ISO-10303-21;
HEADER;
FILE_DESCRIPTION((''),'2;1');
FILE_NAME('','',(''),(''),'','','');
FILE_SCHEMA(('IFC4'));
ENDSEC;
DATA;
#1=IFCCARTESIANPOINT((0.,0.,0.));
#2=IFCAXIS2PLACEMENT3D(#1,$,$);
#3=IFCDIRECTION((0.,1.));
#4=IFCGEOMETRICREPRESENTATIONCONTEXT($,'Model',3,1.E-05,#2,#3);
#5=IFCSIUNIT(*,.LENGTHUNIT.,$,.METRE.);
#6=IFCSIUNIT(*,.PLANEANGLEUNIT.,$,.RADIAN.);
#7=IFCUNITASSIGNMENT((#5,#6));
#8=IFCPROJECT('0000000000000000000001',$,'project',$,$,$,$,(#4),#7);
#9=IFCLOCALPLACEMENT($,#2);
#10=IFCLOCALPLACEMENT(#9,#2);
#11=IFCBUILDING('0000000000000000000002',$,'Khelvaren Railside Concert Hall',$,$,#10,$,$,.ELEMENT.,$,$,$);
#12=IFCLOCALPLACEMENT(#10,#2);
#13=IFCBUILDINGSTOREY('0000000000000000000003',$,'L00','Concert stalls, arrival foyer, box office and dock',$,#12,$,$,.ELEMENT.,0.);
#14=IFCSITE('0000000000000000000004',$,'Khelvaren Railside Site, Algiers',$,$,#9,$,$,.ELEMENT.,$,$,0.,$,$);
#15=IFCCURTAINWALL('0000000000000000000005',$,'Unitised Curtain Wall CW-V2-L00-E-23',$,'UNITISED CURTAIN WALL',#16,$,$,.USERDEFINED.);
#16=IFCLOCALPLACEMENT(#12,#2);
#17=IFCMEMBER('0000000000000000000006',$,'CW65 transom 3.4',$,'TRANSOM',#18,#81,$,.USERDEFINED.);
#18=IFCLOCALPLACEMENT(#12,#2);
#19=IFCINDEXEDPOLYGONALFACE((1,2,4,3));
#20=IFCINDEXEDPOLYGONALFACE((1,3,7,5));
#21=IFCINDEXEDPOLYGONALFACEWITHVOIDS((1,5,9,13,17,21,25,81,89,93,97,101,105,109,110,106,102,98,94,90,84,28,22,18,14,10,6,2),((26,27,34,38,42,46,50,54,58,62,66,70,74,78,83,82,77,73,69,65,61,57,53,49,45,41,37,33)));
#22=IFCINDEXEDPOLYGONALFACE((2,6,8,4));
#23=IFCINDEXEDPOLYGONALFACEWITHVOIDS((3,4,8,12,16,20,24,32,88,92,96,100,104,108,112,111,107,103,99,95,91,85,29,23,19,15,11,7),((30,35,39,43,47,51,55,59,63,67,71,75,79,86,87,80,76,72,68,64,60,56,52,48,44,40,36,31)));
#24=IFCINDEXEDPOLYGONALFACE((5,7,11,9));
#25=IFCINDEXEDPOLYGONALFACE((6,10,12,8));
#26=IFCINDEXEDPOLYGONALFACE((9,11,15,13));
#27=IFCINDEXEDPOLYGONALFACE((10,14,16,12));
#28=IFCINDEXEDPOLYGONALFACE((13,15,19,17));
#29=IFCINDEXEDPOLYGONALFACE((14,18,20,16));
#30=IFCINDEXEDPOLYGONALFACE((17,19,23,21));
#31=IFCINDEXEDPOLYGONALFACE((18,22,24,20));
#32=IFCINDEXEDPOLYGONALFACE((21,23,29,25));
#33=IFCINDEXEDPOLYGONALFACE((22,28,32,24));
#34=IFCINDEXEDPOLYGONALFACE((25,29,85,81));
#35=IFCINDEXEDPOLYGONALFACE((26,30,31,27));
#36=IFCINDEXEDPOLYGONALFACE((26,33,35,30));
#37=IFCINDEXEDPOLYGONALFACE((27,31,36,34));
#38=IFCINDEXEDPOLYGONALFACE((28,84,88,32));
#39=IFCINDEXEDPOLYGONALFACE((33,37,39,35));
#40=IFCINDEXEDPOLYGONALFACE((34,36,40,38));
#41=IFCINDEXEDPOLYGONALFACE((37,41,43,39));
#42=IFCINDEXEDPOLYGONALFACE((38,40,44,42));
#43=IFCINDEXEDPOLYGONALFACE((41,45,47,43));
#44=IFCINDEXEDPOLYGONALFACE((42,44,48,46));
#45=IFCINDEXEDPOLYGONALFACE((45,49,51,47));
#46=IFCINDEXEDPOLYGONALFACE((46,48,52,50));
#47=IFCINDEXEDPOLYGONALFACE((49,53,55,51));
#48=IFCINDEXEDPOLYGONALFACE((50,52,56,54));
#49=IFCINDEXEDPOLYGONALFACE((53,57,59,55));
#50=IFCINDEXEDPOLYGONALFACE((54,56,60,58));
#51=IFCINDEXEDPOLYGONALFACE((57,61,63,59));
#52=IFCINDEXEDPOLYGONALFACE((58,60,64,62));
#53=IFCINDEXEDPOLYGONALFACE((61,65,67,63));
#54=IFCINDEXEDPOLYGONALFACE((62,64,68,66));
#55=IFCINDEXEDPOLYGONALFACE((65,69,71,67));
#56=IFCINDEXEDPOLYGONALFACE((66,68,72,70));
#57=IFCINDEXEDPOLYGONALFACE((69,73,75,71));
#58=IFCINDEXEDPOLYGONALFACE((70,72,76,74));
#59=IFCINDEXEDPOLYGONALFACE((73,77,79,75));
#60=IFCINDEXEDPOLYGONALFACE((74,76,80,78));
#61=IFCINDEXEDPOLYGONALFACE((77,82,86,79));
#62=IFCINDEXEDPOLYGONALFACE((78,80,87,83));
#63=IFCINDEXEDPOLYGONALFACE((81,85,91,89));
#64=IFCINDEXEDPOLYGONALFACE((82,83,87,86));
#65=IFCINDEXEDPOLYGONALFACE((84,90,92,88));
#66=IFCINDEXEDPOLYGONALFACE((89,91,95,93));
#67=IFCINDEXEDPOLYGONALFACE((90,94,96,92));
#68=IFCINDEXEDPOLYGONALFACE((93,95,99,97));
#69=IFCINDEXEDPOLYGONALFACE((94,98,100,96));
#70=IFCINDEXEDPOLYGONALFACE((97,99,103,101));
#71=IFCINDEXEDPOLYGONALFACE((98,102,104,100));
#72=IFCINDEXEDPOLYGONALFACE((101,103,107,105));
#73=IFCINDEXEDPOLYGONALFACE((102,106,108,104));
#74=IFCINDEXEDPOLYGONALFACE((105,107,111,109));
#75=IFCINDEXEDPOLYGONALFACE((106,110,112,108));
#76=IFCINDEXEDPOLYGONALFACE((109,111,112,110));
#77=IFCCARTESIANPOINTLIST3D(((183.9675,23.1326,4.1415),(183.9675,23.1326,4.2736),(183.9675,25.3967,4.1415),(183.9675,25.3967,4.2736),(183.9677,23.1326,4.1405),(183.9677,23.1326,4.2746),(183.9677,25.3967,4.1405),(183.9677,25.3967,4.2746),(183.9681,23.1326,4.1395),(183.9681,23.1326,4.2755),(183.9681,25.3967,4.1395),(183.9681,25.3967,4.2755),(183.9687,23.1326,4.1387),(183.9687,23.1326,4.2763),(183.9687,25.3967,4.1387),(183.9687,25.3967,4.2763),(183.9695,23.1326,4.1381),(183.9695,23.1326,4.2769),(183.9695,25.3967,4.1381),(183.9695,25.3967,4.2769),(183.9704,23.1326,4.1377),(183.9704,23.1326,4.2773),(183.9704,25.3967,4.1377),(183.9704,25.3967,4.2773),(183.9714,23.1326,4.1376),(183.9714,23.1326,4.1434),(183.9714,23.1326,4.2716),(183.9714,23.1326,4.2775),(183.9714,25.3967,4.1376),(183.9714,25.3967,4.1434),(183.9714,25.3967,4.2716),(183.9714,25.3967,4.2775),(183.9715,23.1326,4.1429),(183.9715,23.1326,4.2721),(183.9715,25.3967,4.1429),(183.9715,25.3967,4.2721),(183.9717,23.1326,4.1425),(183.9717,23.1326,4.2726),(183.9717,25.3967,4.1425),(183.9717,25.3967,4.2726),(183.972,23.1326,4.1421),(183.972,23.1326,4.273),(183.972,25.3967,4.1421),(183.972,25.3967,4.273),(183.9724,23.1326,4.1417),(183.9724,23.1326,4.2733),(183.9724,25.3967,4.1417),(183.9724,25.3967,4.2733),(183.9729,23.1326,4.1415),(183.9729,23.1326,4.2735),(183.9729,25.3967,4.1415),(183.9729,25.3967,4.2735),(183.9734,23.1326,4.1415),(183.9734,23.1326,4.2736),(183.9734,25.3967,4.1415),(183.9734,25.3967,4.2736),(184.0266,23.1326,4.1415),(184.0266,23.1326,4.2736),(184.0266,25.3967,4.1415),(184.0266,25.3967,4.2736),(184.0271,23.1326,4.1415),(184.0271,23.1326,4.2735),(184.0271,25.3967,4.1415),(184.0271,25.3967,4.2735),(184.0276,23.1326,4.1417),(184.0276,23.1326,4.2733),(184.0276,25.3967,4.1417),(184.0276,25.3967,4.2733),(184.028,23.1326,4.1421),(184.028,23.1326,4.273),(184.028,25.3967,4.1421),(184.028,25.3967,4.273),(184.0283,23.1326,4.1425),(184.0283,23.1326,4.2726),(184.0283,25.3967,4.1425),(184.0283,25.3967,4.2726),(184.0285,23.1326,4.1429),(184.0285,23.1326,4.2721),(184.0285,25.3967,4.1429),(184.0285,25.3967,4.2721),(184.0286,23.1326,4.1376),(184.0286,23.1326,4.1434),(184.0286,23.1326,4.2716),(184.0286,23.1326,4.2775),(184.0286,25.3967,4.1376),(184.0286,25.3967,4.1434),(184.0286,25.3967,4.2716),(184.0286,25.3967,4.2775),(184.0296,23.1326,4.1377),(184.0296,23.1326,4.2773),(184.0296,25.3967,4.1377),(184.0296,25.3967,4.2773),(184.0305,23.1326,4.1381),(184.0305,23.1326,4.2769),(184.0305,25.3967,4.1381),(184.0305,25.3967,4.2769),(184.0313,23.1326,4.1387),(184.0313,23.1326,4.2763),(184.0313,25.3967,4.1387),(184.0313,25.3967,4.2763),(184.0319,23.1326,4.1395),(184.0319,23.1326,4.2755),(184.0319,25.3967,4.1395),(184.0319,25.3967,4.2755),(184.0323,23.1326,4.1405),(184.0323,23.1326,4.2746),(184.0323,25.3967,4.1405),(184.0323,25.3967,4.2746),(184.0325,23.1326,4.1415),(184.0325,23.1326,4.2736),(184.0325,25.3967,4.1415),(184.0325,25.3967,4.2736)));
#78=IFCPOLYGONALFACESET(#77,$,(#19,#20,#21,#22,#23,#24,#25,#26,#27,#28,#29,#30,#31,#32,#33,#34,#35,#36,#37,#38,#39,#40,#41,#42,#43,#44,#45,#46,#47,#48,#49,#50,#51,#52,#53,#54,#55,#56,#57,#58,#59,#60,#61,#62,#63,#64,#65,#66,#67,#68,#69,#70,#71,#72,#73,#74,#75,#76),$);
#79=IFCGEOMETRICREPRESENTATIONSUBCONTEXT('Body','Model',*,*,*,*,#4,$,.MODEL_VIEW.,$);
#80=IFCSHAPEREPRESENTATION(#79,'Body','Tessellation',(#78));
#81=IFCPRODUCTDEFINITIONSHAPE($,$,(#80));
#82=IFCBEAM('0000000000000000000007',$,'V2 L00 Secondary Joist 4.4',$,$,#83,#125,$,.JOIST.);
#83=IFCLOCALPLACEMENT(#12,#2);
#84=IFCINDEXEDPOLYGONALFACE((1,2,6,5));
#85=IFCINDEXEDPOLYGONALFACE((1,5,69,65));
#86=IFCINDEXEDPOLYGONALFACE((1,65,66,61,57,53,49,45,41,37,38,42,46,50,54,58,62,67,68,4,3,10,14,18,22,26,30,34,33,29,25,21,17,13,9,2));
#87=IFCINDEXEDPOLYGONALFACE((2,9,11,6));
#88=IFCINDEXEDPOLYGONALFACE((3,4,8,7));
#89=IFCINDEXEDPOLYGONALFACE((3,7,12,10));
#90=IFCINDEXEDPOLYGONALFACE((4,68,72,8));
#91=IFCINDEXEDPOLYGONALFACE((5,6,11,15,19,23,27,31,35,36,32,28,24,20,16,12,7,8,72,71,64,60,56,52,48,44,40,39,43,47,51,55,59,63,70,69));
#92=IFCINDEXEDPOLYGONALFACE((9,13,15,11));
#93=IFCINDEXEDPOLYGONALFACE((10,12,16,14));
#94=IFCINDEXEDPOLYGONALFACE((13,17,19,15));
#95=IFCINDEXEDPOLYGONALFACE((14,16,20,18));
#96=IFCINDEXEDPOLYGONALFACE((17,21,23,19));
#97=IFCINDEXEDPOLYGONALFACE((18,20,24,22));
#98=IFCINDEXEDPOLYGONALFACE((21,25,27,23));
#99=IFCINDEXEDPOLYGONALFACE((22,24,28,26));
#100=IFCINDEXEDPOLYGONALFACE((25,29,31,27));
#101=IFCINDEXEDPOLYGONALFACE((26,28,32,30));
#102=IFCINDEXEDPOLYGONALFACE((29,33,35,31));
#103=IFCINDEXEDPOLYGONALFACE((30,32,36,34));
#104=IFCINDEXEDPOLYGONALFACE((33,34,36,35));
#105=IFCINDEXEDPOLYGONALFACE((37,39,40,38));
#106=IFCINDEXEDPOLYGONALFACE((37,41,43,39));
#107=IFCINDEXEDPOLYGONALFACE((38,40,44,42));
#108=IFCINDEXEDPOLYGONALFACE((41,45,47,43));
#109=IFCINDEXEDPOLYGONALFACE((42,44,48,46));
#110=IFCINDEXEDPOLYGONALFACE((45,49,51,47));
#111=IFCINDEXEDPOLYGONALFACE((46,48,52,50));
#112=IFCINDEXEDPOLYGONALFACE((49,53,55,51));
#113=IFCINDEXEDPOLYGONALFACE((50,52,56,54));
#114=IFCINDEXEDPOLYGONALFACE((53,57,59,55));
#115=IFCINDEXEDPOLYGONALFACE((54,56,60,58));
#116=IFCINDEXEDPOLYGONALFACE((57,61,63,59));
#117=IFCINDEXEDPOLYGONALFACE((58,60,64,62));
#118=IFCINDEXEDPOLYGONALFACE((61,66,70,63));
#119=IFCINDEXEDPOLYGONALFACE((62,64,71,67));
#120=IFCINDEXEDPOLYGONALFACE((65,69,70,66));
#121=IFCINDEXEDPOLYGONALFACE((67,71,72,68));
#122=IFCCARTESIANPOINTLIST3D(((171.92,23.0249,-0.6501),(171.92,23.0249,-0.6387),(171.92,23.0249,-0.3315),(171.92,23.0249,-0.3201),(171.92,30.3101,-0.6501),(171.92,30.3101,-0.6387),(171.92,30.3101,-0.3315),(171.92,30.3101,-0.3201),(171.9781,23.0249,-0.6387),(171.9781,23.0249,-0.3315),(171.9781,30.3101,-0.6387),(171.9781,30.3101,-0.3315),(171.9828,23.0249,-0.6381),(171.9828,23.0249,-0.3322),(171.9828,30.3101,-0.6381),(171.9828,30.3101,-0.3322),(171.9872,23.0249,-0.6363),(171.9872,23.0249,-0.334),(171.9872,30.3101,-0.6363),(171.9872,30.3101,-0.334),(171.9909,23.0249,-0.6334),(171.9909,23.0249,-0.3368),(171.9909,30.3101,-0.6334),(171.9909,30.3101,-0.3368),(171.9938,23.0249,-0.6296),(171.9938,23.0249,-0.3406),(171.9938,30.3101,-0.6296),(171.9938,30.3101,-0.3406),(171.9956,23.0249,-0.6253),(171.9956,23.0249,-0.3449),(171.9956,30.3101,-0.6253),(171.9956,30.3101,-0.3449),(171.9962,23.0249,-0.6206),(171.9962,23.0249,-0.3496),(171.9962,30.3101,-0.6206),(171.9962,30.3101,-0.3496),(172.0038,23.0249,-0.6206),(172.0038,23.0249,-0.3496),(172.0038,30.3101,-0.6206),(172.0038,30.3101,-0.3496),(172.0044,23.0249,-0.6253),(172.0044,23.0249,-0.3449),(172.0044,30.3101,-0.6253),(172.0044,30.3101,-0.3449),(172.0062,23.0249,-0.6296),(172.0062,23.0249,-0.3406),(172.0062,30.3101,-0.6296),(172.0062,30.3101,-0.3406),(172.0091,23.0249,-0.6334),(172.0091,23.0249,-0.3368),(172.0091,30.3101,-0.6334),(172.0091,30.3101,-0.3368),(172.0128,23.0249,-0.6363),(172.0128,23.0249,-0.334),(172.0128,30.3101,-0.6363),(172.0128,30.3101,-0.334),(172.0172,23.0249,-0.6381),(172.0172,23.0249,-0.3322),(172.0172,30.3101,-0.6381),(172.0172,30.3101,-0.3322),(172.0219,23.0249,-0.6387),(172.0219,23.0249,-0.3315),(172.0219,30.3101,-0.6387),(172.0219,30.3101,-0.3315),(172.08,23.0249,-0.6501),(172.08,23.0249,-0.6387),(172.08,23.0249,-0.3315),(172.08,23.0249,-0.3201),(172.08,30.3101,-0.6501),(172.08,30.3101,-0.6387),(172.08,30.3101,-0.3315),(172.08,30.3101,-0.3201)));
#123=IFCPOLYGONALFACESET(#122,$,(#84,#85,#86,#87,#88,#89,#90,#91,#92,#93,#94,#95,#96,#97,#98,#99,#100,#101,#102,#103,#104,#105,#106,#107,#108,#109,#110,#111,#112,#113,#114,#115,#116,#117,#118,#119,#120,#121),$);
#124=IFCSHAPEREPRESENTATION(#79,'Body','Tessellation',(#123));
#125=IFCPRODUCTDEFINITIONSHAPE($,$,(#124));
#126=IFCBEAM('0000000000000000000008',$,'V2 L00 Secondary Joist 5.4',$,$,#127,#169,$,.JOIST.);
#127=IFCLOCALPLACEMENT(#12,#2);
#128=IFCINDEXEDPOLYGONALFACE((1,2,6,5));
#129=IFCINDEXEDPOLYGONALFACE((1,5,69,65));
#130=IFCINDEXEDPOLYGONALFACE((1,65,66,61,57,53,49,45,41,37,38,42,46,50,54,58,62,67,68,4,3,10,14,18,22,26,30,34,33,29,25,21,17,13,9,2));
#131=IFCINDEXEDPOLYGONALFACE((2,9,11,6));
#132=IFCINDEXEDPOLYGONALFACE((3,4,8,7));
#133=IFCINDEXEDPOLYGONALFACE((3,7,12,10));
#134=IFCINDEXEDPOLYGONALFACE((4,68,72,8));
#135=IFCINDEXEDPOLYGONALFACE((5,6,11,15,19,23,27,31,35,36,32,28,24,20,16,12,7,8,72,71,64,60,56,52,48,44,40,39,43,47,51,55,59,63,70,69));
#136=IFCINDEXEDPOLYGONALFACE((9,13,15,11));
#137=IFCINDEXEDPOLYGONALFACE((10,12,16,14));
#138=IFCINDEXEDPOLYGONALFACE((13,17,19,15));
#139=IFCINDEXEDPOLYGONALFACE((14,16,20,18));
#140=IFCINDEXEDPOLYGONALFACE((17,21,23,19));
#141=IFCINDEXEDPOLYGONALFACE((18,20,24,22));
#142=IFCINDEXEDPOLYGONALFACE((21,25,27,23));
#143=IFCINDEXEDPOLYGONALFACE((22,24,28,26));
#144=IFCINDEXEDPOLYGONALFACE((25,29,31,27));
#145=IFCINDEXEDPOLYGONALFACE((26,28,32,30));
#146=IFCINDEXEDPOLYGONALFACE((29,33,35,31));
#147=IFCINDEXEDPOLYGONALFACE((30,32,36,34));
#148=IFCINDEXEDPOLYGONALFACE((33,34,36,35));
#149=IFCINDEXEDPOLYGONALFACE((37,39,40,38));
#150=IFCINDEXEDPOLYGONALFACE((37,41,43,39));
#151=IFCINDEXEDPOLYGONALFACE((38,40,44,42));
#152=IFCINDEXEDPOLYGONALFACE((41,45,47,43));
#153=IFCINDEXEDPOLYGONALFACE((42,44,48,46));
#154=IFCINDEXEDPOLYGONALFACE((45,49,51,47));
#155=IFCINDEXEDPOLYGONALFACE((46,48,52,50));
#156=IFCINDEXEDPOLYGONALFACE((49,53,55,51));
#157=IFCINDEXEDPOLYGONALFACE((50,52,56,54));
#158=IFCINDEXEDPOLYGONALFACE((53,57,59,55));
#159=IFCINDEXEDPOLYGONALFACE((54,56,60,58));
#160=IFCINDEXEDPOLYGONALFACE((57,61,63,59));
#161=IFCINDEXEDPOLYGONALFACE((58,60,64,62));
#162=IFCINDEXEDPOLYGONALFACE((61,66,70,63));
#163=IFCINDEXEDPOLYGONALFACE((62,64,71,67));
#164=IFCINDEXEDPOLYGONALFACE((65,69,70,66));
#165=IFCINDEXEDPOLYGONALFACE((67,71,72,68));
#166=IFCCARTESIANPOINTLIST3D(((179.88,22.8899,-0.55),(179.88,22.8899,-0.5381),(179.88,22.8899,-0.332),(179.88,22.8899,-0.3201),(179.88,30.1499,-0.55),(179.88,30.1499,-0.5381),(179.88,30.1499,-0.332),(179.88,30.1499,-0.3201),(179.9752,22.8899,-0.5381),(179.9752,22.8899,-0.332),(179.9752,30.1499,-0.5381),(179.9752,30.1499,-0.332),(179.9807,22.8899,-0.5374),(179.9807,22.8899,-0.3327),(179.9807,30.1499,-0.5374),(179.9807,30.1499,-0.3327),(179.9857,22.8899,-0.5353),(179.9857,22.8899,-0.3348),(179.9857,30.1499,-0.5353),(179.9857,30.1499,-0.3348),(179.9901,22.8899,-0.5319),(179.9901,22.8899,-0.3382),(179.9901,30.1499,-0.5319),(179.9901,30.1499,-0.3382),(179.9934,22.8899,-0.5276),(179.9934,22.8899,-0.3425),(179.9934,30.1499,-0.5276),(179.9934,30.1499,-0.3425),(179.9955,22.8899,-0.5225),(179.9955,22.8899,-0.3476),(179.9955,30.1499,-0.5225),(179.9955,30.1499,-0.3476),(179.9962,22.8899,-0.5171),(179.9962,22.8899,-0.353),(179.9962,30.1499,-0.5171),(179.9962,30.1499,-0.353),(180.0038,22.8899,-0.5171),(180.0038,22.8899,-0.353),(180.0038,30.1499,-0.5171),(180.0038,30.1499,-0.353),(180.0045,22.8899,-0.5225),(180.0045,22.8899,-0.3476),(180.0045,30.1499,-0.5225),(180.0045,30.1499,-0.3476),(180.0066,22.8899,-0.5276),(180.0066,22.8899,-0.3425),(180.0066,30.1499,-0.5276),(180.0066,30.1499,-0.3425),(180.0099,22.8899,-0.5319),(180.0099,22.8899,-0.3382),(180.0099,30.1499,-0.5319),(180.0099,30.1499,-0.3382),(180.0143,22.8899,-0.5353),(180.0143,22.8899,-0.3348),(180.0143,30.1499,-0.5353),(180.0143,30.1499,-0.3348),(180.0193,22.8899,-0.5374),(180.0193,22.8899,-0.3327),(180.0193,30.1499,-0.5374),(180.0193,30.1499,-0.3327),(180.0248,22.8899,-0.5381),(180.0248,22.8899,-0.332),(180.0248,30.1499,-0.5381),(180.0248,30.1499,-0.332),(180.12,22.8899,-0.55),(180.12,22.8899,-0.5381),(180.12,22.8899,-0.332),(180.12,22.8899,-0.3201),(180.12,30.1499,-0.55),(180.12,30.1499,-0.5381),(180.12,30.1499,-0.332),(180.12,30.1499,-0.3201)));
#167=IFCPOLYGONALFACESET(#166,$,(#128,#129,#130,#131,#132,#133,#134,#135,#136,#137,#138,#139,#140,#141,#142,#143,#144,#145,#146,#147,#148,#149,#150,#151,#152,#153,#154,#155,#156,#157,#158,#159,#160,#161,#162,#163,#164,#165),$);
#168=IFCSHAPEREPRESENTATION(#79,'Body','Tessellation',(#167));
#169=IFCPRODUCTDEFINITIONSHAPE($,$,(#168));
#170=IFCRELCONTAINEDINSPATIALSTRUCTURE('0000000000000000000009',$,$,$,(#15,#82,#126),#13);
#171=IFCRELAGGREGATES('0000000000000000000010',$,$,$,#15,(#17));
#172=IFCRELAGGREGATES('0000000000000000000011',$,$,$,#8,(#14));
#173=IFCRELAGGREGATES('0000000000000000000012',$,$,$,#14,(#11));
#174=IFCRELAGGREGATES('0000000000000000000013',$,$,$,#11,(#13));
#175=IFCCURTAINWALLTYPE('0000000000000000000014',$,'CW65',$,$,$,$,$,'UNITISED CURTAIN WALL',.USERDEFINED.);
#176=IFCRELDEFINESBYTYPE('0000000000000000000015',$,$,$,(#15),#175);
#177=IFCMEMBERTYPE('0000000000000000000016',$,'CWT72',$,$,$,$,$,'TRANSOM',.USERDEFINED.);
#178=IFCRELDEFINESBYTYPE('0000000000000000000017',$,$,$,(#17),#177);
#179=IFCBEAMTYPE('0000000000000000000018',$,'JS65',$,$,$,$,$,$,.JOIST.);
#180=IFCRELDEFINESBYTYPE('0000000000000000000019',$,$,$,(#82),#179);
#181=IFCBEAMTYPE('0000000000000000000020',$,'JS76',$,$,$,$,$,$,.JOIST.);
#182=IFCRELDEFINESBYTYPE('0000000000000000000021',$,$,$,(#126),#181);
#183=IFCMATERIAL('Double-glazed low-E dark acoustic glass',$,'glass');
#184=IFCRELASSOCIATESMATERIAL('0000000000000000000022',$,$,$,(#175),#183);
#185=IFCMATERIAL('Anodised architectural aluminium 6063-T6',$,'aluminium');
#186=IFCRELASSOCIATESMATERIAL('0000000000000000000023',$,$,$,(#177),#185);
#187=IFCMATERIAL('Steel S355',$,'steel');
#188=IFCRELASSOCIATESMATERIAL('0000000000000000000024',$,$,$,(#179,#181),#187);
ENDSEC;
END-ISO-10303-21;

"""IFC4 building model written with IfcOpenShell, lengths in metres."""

from ifc_helpers import new_model, si_unit, direction, frame, origin, origin_2d, place, context, subcontext, project, spatial, hollow_rectangle, i_section, extrude, material, material_profile, profile_set, type_object, element, aggregate, save


model = new_model("IFC4")

# Units and contexts
model_context = context("Model", 3, precision=1e-05, world=origin(), true_north=direction((0.0, 1.0)))
body_context = subcontext(model_context, "Body", "Model", "MODEL_VIEW")
ifc_project = project(units=[si_unit("LENGTHUNIT", "METRE"), si_unit("PLANEANGLEUNIT", "RADIAN")], contexts=[model_context])

# Site, building, storey
site_placement = place(None, origin())
site = spatial("IfcSite", under=ifc_project, at=site_placement, Name="Khelvaren Railside Site, Algiers", CompositionType="ELEMENT", RefElevation=0.0)
building_placement = place(site_placement, origin())
building = spatial("IfcBuilding", under=site, at=building_placement, Name="Khelvaren Railside Concert Hall", CompositionType="ELEMENT")
storey_placement = place(building_placement, origin())
storey = spatial("IfcBuildingStorey", under=building, at=storey_placement, Name="L00", Description="Concert stalls, arrival foyer, box office and dock", CompositionType="ELEMENT", Elevation=0.0)

# Shared definitions
ifc_material_1 = material(Name="Steel S355", Category="steel")

# Curtain wall
ifc_material_2 = material(Name="Double-glazed low-E dark acoustic glass", Category="glass")
ifc_material_3 = material(Name="Anodised architectural aluminium 6063-T6", Category="aluminium")
curtain_wall_type_1 = type_object("IfcCurtainWallType", Name="CW65", ElementType="UNITISED CURTAIN WALL", PredefinedType="USERDEFINED", material=ifc_material_2)
curtain_wall_1_placement = place(storey_placement, origin())
curtain_wall_1 = element("IfcCurtainWall", 1, at=curtain_wall_1_placement, inside=storey, type_object=curtain_wall_type_1, Name="Unitised Curtain Wall CW-V2-L00-E-23", ObjectType="UNITISED CURTAIN WALL", PredefinedType="USERDEFINED")

# Member
ifc_material_profile_1 = material_profile(ifc_material_3, hollow_rectangle(XDim=0.0649, YDim=0.1399, WallThickness=0.0039, InnerFilletRadius=0.002, OuterFilletRadius=0.0039, at=origin_2d()), Name="CWT 65x140x4")
ifc_profile_set_1 = profile_set([ifc_material_profile_1], Name="Anodised architectural aluminium 6063-T6")
member_type_1 = type_object("IfcMemberType", Name="CWT72", ElementType="TRANSOM", PredefinedType="USERDEFINED", material=ifc_profile_set_1)
member_1_placement = place(storey_placement, frame((184.0, 25.3967, 4.2075), z_axis=(0.0, -1.0, 0.0), x_axis=(1.0, 0.0, 0.0)))
member_1 = element("IfcMember", 2, at=member_1_placement, type_object=member_type_1, Name="CW65 transom 3.4", ObjectType="TRANSOM", PredefinedType="USERDEFINED", context=body_context, shape_type="SweptSolid", body=[
    extrude(hollow_rectangle(XDim=0.0649, YDim=0.1399, WallThickness=0.0039, InnerFilletRadius=0.002, OuterFilletRadius=0.0039, at=origin_2d()), origin(), (0.0, 0.0, 1.0), 2.2642),
])

# Beams
ifc_material_profile_2 = material_profile(ifc_material_1, i_section(OverallWidth=0.1599, OverallDepth=0.3301, WebThickness=0.0076, FlangeThickness=0.0115, FilletRadius=0.0181, at=origin_2d()), Name="IPE 330")
ifc_profile_set_2 = profile_set([ifc_material_profile_2], Name="Steel S355")
beam_type_1 = type_object("IfcBeamType", Name="JS65", PredefinedType="JOIST", material=ifc_profile_set_2)
beam_1_placement = place(storey_placement, frame((172.0, 23.0249, -0.4851), z_axis=(0.0, 1.0, 0.0), x_axis=(-1.0, 0.0, 0.0)))
element("IfcBeam", 3, at=beam_1_placement, inside=storey, type_object=beam_type_1, Name="V2 L00 Secondary Joist 4.4", PredefinedType="JOIST", context=body_context, shape_type="SweptSolid", body=[
    extrude(i_section(OverallWidth=0.1599, OverallDepth=0.3301, WebThickness=0.0076, FlangeThickness=0.0115, FilletRadius=0.0181, at=origin_2d()), origin(), (0.0, 0.0, 1.0), 7.2852),
])
ifc_material_profile_3 = material_profile(ifc_material_1, i_section(OverallWidth=0.24, OverallDepth=0.23, WebThickness=0.0076, FlangeThickness=0.012, FilletRadius=0.021, at=origin_2d()), Name="HEA 240")
ifc_profile_set_3 = profile_set([ifc_material_profile_3], Name="Steel S355")
beam_type_2 = type_object("IfcBeamType", Name="JS76", PredefinedType="JOIST", material=ifc_profile_set_3)
beam_2_placement = place(storey_placement, frame((180.0, 22.8899, -0.4351), z_axis=(0.0, 1.0, 0.0), x_axis=(-1.0, 0.0, 0.0)))
element("IfcBeam", 4, at=beam_2_placement, inside=storey, type_object=beam_type_2, Name="V2 L00 Secondary Joist 5.4", PredefinedType="JOIST", context=body_context, shape_type="SweptSolid", body=[
    extrude(i_section(OverallWidth=0.24, OverallDepth=0.23, WebThickness=0.0076, FlangeThickness=0.012, FilletRadius=0.021, at=origin_2d()), origin(), (0.0, 0.0, 1.0), 7.26),
])

aggregate(curtain_wall_1, [member_1])

save(model, "model.ifc")
